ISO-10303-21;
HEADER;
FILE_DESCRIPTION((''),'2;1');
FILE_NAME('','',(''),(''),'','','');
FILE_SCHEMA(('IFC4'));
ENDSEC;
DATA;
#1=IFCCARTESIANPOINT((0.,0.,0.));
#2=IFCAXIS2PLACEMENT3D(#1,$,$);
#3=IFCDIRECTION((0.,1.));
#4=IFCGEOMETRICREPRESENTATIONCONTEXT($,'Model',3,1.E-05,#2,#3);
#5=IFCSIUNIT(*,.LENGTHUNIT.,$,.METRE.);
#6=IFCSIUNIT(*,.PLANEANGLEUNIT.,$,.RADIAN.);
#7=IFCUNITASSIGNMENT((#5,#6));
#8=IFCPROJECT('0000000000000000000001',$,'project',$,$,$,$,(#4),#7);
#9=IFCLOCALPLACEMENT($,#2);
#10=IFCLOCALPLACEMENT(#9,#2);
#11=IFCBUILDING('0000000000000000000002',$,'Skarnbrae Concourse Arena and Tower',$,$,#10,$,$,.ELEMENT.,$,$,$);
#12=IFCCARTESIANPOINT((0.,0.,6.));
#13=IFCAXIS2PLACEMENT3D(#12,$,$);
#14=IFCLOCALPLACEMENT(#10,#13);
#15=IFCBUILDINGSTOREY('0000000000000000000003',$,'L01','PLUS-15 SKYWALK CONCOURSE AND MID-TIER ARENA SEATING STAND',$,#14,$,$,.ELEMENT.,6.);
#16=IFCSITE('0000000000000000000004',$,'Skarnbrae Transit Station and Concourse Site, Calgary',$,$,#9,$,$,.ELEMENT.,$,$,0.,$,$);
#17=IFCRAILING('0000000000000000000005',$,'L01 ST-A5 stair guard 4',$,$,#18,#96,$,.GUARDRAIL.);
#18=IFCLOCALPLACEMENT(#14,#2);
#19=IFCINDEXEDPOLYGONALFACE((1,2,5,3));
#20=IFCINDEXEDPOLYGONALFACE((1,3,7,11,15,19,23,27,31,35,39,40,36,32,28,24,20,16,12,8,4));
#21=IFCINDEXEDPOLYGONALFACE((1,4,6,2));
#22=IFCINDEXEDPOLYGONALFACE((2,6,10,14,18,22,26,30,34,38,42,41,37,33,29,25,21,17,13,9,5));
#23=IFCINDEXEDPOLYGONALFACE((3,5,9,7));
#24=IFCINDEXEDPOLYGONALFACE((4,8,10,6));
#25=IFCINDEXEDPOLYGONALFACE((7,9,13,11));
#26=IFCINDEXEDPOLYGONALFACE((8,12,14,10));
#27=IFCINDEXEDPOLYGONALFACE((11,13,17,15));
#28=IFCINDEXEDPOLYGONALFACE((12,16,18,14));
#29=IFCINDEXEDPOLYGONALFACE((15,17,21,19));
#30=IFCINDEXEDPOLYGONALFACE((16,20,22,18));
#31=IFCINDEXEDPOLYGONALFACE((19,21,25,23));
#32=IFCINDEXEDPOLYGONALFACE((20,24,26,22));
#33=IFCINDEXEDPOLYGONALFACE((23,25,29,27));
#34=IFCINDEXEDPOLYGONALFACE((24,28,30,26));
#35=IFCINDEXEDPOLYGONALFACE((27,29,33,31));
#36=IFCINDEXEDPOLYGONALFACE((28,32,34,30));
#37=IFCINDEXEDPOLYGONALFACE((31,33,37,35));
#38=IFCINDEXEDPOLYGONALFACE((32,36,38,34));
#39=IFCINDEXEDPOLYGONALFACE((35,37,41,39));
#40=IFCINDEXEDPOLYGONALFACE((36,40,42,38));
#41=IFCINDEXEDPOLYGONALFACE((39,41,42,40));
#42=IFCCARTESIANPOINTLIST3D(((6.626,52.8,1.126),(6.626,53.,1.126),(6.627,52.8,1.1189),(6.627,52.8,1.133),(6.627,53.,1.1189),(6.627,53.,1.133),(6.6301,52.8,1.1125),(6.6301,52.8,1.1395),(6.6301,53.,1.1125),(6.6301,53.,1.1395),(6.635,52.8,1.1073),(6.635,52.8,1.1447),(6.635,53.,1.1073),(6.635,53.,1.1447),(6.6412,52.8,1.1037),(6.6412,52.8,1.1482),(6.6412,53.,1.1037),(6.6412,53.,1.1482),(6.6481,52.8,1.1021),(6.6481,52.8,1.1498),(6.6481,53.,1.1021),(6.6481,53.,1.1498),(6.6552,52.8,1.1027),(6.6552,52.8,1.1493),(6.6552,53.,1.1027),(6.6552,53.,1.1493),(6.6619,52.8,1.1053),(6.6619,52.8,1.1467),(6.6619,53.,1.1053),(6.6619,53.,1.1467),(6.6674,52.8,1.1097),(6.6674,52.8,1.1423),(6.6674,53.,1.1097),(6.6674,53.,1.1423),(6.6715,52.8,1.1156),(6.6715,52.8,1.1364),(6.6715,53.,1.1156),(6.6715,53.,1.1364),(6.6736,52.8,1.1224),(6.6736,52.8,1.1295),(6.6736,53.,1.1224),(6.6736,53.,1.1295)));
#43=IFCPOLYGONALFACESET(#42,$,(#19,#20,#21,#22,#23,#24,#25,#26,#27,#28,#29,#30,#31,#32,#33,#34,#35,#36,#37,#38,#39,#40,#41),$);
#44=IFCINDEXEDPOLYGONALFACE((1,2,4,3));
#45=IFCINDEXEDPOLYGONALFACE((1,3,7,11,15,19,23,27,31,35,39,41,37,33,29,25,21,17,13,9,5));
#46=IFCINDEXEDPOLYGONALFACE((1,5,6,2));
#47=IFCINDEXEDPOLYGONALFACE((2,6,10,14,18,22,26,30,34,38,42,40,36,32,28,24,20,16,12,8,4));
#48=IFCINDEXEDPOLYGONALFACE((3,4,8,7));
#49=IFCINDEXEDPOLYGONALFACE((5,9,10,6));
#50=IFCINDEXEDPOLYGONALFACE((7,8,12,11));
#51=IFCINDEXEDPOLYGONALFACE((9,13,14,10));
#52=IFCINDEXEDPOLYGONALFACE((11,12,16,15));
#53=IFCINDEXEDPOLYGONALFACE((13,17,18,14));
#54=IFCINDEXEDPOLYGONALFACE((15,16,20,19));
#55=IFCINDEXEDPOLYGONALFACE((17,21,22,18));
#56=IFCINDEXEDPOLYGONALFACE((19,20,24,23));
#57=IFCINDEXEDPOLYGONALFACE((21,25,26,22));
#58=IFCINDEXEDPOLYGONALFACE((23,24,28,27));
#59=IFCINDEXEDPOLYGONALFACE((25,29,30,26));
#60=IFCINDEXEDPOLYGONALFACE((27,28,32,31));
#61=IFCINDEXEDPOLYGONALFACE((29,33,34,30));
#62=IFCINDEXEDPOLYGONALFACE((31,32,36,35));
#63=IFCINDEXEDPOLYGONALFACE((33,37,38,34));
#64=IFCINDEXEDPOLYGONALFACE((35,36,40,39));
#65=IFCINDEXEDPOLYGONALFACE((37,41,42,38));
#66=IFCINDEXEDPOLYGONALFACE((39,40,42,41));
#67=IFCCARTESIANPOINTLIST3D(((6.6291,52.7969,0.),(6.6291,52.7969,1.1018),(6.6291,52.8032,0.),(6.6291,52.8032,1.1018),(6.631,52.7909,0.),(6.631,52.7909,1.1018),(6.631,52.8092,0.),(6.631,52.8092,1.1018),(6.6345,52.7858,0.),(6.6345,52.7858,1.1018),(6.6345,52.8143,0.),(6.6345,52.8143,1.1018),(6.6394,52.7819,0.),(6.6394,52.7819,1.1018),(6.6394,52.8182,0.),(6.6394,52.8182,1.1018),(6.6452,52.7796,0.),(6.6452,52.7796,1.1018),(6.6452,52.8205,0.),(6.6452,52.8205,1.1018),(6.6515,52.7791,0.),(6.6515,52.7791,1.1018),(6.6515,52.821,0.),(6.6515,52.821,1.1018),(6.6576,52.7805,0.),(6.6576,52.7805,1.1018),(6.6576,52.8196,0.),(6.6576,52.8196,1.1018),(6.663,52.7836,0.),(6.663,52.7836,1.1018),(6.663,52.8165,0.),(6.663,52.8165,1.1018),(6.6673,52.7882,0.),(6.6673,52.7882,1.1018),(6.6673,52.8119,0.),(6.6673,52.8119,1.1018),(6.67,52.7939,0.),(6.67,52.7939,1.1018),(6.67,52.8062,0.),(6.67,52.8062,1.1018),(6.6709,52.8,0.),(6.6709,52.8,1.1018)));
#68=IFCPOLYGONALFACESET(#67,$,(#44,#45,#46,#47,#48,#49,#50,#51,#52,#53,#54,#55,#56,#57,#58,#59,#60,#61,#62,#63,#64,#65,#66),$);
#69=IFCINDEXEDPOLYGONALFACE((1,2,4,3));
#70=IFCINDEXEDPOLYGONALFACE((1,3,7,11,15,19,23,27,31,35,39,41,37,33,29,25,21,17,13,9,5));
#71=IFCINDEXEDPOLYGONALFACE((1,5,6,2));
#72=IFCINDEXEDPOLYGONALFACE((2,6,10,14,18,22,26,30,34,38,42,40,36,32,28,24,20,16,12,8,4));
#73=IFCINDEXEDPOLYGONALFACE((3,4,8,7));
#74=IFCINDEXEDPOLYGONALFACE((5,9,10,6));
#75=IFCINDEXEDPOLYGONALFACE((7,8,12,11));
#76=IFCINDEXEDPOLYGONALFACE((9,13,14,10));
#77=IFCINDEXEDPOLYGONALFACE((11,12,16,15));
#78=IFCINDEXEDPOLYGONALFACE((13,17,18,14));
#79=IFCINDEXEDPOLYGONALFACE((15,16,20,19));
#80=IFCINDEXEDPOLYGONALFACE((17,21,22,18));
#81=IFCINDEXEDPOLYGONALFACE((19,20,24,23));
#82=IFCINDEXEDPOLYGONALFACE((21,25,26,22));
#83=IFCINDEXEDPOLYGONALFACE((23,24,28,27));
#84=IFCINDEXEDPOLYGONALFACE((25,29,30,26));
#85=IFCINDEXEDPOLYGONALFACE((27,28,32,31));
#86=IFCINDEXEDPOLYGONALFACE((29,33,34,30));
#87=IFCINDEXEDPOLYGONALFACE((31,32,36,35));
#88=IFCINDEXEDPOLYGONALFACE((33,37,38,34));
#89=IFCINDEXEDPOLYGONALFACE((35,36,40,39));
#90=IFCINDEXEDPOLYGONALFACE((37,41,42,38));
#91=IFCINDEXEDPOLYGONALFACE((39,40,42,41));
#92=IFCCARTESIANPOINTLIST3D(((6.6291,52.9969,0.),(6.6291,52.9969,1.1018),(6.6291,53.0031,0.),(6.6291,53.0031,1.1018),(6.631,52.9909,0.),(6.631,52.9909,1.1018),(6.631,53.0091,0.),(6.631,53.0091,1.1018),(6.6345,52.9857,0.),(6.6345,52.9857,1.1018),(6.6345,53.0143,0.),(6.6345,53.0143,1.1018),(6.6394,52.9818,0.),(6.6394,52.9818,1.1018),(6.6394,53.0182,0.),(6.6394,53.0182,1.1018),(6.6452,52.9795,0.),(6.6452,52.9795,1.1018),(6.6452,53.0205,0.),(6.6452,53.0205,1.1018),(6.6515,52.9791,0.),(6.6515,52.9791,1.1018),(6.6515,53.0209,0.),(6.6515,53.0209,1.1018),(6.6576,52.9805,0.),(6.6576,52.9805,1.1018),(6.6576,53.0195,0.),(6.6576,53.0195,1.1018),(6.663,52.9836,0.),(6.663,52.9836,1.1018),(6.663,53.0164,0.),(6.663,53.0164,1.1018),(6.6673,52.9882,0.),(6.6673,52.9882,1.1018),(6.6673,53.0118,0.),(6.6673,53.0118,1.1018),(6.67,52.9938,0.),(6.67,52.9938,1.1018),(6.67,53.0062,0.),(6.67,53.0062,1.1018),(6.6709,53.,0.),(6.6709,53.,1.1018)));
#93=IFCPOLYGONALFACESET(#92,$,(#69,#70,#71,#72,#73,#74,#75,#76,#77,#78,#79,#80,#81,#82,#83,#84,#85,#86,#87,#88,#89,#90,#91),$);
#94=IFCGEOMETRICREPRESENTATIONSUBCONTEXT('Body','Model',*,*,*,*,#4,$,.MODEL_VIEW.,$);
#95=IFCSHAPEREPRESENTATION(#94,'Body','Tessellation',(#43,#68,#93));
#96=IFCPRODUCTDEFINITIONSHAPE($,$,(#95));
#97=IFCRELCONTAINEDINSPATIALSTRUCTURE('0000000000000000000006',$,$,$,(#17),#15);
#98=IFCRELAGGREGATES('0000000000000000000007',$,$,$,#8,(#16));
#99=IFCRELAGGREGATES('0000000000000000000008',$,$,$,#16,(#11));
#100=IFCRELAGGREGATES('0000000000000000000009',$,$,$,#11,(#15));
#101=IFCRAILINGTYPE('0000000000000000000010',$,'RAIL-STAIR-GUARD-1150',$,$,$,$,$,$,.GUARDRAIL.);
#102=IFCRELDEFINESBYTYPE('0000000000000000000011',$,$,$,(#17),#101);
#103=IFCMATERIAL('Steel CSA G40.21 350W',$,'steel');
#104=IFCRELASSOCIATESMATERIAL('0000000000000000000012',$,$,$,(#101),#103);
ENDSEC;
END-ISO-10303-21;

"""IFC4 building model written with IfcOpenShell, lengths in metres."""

from ifc_helpers import new_model, si_unit, direction, frame, origin, origin_2d, place, context, subcontext, project, spatial, circle, extrude, material, type_object, element, save


model = new_model("IFC4")

# Units and contexts
model_context = context("Model", 3, precision=1e-05, world=origin(), true_north=direction((0.0, 1.0)))
body_context = subcontext(model_context, "Body", "Model", "MODEL_VIEW")
ifc_project = project(units=[si_unit("LENGTHUNIT", "METRE"), si_unit("PLANEANGLEUNIT", "RADIAN")], contexts=[model_context])

# Site, building, storey
site_placement = place(None, origin())
site = spatial("IfcSite", under=ifc_project, at=site_placement, Name="Skarnbrae Transit Station and Concourse Site, Calgary", CompositionType="ELEMENT", RefElevation=0.0)
building_placement = place(site_placement, origin())
building = spatial("IfcBuilding", under=site, at=building_placement, Name="Skarnbrae Concourse Arena and Tower", CompositionType="ELEMENT")
storey_placement = place(building_placement, frame((0.0, 0.0, 6.0)))
storey = spatial("IfcBuildingStorey", under=building, at=storey_placement, Name="L01", Description="PLUS-15 SKYWALK CONCOURSE AND MID-TIER ARENA SEATING STAND", CompositionType="ELEMENT", Elevation=6.0)

# Shared definitions
ifc_material_1 = material(Name="Steel CSA G40.21 350W", Category="steel")

# Railing
railing_type_1 = type_object("IfcRailingType", Name="RAIL-STAIR-GUARD-1150", PredefinedType="GUARDRAIL", material=ifc_material_1)
railing_1_placement = place(storey_placement, frame((6.6499, 52.8, 0.0)))
element("IfcRailing", 1, at=railing_1_placement, inside=storey, type_object=railing_type_1, Name="L01 ST-A5 stair guard 4", PredefinedType="GUARDRAIL", context=body_context, shape_type="SweptSolid", body=[
    extrude(circle(Radius=0.0239, at=origin_2d()), frame((0.0, 0.0, 1.126), z_axis=(0.0, 1.0, 0.0), x_axis=(-1.0, 0.0, 0.0)), (0.0, 0.0, 1.0), 0.2),
    extrude(circle(Radius=0.021, at=origin_2d()), origin(), (0.0, 0.0, 1.0), 1.1018),
    extrude(circle(Radius=0.021, at=origin_2d()), frame((0.0, 0.2, 0.0)), (0.0, 0.0, 1.0), 1.1018),
])

save(model, "model.ifc")
